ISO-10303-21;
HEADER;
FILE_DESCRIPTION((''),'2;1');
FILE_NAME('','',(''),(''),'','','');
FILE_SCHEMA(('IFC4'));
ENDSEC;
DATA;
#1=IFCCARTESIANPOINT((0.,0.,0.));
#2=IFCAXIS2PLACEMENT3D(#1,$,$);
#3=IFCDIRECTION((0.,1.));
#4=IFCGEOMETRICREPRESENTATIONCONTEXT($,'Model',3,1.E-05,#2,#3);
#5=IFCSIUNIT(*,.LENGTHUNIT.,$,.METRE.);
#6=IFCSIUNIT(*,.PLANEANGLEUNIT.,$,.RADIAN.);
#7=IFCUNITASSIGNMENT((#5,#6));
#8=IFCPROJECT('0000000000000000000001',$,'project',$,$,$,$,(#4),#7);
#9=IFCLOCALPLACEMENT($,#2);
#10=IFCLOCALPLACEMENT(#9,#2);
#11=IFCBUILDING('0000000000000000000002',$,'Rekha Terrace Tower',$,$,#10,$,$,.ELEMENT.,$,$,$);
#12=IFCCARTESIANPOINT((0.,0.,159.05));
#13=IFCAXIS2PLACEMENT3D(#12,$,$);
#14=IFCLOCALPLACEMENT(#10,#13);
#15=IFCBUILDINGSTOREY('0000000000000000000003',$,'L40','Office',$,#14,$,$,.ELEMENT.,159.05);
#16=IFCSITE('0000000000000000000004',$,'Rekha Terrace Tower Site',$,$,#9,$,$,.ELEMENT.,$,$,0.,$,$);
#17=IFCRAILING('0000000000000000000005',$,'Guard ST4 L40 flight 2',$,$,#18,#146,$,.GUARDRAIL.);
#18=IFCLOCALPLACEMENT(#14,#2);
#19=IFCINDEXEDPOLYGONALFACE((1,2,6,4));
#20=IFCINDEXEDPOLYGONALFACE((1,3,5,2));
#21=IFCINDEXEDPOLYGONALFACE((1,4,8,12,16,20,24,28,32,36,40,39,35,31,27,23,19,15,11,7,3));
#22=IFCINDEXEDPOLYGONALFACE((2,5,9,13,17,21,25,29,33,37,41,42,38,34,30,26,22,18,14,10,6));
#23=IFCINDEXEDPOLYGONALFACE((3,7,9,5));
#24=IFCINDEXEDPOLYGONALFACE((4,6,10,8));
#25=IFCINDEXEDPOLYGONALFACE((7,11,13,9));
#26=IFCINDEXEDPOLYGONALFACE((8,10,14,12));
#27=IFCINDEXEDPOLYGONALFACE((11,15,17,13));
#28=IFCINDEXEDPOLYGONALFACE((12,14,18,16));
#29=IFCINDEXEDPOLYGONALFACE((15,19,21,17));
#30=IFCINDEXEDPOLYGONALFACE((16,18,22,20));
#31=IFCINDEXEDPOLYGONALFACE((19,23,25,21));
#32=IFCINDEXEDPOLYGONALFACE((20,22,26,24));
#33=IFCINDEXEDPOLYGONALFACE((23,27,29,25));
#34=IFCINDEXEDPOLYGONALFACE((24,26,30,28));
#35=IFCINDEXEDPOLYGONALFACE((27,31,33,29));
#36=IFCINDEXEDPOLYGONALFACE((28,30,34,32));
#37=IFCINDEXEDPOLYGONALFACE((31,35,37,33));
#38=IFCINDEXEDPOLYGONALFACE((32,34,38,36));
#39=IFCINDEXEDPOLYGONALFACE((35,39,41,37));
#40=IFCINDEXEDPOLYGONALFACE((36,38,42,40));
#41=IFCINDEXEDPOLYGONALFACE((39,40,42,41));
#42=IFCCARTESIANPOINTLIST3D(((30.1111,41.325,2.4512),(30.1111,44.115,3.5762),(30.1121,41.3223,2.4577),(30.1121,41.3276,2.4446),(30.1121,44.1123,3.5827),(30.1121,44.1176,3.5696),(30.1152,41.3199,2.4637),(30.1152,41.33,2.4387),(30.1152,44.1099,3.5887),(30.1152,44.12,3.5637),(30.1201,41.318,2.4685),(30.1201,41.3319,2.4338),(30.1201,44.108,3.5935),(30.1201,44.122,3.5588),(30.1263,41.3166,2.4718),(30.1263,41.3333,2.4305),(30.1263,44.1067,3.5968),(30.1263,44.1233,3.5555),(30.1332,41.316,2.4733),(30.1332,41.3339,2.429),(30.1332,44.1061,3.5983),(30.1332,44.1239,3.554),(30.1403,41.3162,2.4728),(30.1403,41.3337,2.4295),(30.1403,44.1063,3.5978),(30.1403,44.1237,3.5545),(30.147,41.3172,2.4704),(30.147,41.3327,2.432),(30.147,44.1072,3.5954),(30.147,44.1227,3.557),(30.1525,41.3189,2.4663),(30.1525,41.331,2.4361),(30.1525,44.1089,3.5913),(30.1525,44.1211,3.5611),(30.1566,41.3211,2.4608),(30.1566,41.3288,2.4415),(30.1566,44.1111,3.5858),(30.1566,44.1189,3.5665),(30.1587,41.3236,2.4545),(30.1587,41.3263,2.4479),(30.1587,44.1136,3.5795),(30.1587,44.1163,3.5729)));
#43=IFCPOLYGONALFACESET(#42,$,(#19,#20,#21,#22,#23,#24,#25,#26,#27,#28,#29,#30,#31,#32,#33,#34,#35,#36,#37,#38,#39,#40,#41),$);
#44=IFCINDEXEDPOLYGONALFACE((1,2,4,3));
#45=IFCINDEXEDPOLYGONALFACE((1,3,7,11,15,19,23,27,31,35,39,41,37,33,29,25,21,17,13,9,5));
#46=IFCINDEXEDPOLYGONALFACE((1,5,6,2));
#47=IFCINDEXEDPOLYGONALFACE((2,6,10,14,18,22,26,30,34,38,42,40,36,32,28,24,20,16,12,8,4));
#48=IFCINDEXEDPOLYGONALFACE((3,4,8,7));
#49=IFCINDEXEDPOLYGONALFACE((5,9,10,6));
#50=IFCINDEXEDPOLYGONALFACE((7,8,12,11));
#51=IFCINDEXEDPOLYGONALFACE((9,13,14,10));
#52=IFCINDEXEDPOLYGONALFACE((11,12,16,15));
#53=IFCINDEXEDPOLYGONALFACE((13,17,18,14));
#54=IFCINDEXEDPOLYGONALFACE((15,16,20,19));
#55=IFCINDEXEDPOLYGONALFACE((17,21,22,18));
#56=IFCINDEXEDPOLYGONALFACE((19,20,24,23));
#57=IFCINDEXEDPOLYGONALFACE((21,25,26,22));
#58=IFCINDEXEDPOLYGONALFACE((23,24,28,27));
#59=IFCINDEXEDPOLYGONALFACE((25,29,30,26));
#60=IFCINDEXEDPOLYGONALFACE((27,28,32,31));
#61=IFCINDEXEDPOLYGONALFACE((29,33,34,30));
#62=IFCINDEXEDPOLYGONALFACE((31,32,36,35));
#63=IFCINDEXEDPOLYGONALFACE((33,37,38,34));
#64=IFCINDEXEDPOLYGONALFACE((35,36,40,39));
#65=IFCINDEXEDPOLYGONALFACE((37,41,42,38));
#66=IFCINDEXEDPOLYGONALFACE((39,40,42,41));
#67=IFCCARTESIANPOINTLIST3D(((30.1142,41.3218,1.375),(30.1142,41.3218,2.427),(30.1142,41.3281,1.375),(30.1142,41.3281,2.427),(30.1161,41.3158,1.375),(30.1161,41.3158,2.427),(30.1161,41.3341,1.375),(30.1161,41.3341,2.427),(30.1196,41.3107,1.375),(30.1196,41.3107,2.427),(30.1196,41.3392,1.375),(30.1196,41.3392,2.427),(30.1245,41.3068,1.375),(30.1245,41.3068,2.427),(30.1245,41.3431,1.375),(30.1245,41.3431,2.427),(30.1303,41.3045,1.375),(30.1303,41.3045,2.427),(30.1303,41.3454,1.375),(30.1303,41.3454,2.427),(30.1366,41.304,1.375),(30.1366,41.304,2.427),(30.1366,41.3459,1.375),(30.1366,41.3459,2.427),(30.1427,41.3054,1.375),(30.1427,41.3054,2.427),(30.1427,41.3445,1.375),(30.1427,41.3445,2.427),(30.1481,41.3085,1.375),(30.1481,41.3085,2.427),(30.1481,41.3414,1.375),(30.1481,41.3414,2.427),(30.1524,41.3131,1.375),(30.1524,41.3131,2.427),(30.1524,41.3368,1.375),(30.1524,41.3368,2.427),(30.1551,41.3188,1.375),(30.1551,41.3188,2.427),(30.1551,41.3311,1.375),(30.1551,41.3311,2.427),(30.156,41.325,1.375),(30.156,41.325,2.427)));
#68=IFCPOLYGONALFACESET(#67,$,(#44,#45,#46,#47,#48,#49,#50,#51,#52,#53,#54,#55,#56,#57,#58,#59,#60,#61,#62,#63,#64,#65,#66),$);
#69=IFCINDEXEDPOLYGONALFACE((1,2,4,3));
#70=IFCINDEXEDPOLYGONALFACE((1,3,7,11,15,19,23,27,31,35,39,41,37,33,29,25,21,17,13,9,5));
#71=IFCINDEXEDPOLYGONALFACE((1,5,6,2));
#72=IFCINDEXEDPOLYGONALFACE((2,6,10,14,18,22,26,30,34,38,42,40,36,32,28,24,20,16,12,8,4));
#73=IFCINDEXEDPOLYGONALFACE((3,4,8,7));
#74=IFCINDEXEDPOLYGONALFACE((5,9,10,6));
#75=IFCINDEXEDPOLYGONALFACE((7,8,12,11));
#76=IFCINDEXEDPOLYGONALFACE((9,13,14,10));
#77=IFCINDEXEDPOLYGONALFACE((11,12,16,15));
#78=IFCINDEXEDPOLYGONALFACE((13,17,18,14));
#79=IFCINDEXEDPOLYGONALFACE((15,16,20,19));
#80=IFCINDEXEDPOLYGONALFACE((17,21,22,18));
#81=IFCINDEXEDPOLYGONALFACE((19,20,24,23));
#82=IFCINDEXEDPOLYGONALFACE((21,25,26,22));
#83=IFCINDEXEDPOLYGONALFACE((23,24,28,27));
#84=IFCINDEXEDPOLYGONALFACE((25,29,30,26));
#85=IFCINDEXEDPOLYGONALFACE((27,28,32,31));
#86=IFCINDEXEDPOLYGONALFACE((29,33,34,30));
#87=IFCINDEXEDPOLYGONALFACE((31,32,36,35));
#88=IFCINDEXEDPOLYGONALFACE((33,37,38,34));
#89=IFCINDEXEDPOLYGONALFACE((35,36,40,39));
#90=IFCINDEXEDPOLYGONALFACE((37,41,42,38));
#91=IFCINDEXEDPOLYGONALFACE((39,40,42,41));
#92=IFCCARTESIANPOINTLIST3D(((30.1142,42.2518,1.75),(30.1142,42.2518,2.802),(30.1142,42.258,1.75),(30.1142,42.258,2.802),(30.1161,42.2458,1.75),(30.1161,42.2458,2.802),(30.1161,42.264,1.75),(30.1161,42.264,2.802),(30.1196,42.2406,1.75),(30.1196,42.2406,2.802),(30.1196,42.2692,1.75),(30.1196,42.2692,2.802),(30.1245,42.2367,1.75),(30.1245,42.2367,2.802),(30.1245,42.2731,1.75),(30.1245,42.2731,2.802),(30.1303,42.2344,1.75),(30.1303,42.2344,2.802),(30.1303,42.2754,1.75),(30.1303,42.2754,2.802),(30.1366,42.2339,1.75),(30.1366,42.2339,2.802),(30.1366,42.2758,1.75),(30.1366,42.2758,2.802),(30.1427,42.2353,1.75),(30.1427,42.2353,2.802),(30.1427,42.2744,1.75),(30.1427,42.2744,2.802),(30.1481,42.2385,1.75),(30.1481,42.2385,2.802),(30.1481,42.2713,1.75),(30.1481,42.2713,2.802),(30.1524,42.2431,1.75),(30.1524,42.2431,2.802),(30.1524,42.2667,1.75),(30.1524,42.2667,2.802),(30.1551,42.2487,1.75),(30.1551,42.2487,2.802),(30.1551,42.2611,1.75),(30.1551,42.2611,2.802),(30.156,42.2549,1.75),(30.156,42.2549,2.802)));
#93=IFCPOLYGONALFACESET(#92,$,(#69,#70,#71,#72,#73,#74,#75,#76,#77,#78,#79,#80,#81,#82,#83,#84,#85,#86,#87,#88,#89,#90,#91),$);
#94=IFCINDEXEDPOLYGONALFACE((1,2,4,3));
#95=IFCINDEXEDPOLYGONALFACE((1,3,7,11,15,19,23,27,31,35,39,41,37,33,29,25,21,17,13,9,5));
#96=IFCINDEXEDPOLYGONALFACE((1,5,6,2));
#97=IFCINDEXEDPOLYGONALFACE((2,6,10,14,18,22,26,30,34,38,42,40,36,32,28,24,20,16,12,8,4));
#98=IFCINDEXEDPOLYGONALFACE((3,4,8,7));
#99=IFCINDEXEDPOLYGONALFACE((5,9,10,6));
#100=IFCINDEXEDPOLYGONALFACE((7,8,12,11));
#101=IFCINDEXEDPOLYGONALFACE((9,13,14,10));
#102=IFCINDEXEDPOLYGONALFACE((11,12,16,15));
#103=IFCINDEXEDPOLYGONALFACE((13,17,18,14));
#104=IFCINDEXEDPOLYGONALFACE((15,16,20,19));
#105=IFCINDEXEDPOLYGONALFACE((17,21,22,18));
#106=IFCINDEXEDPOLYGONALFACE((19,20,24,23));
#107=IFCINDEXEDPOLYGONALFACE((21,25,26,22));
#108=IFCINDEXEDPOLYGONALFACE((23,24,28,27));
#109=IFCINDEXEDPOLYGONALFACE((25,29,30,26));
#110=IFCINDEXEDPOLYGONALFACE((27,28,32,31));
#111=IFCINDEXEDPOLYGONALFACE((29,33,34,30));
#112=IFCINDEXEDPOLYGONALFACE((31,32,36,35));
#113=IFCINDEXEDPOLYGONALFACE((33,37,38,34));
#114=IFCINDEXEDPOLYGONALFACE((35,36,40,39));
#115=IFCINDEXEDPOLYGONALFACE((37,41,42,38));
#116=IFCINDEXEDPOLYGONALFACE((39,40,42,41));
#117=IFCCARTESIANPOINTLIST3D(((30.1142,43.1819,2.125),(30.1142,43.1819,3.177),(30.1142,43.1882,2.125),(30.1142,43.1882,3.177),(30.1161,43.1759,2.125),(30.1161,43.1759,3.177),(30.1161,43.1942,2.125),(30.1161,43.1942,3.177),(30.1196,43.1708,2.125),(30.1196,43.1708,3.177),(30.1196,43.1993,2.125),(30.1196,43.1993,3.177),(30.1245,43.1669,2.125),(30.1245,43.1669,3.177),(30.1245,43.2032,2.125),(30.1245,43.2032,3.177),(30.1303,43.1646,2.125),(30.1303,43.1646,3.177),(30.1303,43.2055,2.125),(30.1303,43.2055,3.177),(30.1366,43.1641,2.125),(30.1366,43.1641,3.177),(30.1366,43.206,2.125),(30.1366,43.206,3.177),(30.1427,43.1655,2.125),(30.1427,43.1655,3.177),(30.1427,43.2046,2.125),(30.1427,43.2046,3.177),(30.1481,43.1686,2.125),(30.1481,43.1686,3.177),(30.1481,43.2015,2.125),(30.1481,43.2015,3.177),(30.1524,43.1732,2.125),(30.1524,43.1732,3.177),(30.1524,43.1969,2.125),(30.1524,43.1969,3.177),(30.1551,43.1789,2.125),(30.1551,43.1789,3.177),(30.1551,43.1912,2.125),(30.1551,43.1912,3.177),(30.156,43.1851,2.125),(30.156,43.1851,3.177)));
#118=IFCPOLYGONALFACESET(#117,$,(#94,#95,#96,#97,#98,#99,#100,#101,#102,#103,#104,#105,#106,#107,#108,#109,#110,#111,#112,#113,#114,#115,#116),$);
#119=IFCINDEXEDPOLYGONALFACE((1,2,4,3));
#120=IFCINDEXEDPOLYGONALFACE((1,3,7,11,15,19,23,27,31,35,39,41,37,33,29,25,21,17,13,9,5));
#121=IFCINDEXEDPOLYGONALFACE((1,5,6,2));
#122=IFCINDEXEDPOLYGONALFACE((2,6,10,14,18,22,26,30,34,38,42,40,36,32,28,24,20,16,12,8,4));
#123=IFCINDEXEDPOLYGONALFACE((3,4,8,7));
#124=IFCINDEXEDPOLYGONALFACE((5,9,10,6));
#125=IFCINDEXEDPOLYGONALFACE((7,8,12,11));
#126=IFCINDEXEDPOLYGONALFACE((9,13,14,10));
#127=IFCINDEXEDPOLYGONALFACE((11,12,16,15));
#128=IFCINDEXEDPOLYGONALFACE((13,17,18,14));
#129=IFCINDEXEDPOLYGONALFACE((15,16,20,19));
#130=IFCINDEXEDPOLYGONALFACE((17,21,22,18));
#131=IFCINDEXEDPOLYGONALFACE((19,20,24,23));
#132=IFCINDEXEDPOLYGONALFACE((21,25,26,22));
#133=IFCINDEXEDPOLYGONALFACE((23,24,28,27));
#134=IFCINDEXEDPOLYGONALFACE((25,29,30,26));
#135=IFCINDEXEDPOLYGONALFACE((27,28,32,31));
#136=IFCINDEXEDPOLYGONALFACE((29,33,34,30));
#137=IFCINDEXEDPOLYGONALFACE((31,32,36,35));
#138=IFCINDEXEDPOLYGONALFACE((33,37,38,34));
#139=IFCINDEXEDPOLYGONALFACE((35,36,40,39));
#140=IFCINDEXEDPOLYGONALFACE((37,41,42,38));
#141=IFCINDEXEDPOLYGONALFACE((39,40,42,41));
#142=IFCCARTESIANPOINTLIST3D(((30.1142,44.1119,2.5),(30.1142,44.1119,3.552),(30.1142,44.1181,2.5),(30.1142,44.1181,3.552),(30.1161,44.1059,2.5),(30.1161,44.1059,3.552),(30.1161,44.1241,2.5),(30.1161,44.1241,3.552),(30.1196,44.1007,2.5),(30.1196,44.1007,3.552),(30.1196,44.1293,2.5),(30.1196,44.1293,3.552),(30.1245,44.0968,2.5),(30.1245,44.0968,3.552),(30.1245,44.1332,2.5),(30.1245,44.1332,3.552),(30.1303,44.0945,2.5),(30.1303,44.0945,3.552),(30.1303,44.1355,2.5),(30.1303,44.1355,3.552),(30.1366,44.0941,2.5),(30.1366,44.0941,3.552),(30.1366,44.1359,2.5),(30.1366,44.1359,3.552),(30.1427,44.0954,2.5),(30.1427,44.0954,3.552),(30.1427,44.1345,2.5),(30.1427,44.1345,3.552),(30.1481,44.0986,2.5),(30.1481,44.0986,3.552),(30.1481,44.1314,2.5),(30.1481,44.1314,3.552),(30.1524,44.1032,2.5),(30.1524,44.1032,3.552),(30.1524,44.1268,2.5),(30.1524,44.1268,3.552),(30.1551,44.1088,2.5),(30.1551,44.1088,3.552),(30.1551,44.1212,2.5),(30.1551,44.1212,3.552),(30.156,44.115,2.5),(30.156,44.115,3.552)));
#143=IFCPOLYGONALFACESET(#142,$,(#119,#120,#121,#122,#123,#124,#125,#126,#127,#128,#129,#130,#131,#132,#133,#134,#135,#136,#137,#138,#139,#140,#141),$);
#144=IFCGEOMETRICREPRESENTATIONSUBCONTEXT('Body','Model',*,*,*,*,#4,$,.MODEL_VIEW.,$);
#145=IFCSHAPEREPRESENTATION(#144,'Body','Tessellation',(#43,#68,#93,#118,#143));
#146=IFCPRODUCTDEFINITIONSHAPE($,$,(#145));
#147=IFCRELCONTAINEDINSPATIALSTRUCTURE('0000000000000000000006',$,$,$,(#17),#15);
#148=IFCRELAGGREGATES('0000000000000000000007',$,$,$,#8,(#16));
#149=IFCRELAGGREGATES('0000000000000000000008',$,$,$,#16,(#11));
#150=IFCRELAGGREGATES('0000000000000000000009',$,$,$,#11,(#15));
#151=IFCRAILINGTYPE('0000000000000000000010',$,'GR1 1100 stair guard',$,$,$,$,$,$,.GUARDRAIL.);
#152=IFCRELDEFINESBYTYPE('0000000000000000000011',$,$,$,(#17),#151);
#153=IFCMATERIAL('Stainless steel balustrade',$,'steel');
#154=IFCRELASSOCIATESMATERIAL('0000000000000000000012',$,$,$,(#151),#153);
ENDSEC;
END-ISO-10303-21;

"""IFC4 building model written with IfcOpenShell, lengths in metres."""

from ifc_helpers import new_model, si_unit, direction, frame, origin, origin_2d, place, context, subcontext, project, spatial, circle, extrude, material, type_object, element, save


model = new_model("IFC4")

# Units and contexts
model_context = context("Model", 3, precision=1e-05, world=origin(), true_north=direction((0.0, 1.0)))
body_context = subcontext(model_context, "Body", "Model", "MODEL_VIEW")
ifc_project = project(units=[si_unit("LENGTHUNIT", "METRE"), si_unit("PLANEANGLEUNIT", "RADIAN")], contexts=[model_context])

# Site, building, storey
site_placement = place(None, origin())
site = spatial("IfcSite", under=ifc_project, at=site_placement, Name="Rekha Terrace Tower Site", CompositionType="ELEMENT", RefElevation=0.0)
building_placement = place(site_placement, origin())
building = spatial("IfcBuilding", under=site, at=building_placement, Name="Rekha Terrace Tower", CompositionType="ELEMENT")
storey_placement = place(building_placement, frame((0.0, 0.0, 159.05)))
storey = spatial("IfcBuildingStorey", under=building, at=storey_placement, Name="L40", Description="Office", CompositionType="ELEMENT", Elevation=159.05)

# Railing
ifc_material_1 = material(Name="Stainless steel balustrade", Category="steel")
railing_type_1 = type_object("IfcRailingType", Name="GR1 1100 stair guard", PredefinedType="GUARDRAIL", material=ifc_material_1)
railing_1_placement = place(storey_placement, frame((30.135, 41.325, 1.375)))
element("IfcRailing", 1, at=railing_1_placement, inside=storey, type_object=railing_type_1, Name="Guard ST4 L40 flight 2", PredefinedType="GUARDRAIL", context=body_context, shape_type="SweptSolid", body=[
    extrude(circle(Radius=0.0239, at=origin_2d()), frame((0.0, 0.0, 1.0762), z_axis=(0.0, 0.927443, 0.373964), x_axis=(-1.0, 0.0, 0.0)), (0.0, 0.0, 1.0), 3.0083),
    extrude(circle(Radius=0.021, at=origin_2d()), origin(), (0.0, 0.0, 1.0), 1.052),
    extrude(circle(Radius=0.021, at=origin_2d()), frame((0.0, 0.9299, 0.375)), (0.0, 0.0, 1.0), 1.052),
    extrude(circle(Radius=0.021, at=origin_2d()), frame((0.0, 1.8601, 0.75)), (0.0, 0.0, 1.0), 1.052),
    extrude(circle(Radius=0.021, at=origin_2d()), frame((0.0, 2.79, 1.125)), (0.0, 0.0, 1.0), 1.052),
])

save(model, "model.ifc")
